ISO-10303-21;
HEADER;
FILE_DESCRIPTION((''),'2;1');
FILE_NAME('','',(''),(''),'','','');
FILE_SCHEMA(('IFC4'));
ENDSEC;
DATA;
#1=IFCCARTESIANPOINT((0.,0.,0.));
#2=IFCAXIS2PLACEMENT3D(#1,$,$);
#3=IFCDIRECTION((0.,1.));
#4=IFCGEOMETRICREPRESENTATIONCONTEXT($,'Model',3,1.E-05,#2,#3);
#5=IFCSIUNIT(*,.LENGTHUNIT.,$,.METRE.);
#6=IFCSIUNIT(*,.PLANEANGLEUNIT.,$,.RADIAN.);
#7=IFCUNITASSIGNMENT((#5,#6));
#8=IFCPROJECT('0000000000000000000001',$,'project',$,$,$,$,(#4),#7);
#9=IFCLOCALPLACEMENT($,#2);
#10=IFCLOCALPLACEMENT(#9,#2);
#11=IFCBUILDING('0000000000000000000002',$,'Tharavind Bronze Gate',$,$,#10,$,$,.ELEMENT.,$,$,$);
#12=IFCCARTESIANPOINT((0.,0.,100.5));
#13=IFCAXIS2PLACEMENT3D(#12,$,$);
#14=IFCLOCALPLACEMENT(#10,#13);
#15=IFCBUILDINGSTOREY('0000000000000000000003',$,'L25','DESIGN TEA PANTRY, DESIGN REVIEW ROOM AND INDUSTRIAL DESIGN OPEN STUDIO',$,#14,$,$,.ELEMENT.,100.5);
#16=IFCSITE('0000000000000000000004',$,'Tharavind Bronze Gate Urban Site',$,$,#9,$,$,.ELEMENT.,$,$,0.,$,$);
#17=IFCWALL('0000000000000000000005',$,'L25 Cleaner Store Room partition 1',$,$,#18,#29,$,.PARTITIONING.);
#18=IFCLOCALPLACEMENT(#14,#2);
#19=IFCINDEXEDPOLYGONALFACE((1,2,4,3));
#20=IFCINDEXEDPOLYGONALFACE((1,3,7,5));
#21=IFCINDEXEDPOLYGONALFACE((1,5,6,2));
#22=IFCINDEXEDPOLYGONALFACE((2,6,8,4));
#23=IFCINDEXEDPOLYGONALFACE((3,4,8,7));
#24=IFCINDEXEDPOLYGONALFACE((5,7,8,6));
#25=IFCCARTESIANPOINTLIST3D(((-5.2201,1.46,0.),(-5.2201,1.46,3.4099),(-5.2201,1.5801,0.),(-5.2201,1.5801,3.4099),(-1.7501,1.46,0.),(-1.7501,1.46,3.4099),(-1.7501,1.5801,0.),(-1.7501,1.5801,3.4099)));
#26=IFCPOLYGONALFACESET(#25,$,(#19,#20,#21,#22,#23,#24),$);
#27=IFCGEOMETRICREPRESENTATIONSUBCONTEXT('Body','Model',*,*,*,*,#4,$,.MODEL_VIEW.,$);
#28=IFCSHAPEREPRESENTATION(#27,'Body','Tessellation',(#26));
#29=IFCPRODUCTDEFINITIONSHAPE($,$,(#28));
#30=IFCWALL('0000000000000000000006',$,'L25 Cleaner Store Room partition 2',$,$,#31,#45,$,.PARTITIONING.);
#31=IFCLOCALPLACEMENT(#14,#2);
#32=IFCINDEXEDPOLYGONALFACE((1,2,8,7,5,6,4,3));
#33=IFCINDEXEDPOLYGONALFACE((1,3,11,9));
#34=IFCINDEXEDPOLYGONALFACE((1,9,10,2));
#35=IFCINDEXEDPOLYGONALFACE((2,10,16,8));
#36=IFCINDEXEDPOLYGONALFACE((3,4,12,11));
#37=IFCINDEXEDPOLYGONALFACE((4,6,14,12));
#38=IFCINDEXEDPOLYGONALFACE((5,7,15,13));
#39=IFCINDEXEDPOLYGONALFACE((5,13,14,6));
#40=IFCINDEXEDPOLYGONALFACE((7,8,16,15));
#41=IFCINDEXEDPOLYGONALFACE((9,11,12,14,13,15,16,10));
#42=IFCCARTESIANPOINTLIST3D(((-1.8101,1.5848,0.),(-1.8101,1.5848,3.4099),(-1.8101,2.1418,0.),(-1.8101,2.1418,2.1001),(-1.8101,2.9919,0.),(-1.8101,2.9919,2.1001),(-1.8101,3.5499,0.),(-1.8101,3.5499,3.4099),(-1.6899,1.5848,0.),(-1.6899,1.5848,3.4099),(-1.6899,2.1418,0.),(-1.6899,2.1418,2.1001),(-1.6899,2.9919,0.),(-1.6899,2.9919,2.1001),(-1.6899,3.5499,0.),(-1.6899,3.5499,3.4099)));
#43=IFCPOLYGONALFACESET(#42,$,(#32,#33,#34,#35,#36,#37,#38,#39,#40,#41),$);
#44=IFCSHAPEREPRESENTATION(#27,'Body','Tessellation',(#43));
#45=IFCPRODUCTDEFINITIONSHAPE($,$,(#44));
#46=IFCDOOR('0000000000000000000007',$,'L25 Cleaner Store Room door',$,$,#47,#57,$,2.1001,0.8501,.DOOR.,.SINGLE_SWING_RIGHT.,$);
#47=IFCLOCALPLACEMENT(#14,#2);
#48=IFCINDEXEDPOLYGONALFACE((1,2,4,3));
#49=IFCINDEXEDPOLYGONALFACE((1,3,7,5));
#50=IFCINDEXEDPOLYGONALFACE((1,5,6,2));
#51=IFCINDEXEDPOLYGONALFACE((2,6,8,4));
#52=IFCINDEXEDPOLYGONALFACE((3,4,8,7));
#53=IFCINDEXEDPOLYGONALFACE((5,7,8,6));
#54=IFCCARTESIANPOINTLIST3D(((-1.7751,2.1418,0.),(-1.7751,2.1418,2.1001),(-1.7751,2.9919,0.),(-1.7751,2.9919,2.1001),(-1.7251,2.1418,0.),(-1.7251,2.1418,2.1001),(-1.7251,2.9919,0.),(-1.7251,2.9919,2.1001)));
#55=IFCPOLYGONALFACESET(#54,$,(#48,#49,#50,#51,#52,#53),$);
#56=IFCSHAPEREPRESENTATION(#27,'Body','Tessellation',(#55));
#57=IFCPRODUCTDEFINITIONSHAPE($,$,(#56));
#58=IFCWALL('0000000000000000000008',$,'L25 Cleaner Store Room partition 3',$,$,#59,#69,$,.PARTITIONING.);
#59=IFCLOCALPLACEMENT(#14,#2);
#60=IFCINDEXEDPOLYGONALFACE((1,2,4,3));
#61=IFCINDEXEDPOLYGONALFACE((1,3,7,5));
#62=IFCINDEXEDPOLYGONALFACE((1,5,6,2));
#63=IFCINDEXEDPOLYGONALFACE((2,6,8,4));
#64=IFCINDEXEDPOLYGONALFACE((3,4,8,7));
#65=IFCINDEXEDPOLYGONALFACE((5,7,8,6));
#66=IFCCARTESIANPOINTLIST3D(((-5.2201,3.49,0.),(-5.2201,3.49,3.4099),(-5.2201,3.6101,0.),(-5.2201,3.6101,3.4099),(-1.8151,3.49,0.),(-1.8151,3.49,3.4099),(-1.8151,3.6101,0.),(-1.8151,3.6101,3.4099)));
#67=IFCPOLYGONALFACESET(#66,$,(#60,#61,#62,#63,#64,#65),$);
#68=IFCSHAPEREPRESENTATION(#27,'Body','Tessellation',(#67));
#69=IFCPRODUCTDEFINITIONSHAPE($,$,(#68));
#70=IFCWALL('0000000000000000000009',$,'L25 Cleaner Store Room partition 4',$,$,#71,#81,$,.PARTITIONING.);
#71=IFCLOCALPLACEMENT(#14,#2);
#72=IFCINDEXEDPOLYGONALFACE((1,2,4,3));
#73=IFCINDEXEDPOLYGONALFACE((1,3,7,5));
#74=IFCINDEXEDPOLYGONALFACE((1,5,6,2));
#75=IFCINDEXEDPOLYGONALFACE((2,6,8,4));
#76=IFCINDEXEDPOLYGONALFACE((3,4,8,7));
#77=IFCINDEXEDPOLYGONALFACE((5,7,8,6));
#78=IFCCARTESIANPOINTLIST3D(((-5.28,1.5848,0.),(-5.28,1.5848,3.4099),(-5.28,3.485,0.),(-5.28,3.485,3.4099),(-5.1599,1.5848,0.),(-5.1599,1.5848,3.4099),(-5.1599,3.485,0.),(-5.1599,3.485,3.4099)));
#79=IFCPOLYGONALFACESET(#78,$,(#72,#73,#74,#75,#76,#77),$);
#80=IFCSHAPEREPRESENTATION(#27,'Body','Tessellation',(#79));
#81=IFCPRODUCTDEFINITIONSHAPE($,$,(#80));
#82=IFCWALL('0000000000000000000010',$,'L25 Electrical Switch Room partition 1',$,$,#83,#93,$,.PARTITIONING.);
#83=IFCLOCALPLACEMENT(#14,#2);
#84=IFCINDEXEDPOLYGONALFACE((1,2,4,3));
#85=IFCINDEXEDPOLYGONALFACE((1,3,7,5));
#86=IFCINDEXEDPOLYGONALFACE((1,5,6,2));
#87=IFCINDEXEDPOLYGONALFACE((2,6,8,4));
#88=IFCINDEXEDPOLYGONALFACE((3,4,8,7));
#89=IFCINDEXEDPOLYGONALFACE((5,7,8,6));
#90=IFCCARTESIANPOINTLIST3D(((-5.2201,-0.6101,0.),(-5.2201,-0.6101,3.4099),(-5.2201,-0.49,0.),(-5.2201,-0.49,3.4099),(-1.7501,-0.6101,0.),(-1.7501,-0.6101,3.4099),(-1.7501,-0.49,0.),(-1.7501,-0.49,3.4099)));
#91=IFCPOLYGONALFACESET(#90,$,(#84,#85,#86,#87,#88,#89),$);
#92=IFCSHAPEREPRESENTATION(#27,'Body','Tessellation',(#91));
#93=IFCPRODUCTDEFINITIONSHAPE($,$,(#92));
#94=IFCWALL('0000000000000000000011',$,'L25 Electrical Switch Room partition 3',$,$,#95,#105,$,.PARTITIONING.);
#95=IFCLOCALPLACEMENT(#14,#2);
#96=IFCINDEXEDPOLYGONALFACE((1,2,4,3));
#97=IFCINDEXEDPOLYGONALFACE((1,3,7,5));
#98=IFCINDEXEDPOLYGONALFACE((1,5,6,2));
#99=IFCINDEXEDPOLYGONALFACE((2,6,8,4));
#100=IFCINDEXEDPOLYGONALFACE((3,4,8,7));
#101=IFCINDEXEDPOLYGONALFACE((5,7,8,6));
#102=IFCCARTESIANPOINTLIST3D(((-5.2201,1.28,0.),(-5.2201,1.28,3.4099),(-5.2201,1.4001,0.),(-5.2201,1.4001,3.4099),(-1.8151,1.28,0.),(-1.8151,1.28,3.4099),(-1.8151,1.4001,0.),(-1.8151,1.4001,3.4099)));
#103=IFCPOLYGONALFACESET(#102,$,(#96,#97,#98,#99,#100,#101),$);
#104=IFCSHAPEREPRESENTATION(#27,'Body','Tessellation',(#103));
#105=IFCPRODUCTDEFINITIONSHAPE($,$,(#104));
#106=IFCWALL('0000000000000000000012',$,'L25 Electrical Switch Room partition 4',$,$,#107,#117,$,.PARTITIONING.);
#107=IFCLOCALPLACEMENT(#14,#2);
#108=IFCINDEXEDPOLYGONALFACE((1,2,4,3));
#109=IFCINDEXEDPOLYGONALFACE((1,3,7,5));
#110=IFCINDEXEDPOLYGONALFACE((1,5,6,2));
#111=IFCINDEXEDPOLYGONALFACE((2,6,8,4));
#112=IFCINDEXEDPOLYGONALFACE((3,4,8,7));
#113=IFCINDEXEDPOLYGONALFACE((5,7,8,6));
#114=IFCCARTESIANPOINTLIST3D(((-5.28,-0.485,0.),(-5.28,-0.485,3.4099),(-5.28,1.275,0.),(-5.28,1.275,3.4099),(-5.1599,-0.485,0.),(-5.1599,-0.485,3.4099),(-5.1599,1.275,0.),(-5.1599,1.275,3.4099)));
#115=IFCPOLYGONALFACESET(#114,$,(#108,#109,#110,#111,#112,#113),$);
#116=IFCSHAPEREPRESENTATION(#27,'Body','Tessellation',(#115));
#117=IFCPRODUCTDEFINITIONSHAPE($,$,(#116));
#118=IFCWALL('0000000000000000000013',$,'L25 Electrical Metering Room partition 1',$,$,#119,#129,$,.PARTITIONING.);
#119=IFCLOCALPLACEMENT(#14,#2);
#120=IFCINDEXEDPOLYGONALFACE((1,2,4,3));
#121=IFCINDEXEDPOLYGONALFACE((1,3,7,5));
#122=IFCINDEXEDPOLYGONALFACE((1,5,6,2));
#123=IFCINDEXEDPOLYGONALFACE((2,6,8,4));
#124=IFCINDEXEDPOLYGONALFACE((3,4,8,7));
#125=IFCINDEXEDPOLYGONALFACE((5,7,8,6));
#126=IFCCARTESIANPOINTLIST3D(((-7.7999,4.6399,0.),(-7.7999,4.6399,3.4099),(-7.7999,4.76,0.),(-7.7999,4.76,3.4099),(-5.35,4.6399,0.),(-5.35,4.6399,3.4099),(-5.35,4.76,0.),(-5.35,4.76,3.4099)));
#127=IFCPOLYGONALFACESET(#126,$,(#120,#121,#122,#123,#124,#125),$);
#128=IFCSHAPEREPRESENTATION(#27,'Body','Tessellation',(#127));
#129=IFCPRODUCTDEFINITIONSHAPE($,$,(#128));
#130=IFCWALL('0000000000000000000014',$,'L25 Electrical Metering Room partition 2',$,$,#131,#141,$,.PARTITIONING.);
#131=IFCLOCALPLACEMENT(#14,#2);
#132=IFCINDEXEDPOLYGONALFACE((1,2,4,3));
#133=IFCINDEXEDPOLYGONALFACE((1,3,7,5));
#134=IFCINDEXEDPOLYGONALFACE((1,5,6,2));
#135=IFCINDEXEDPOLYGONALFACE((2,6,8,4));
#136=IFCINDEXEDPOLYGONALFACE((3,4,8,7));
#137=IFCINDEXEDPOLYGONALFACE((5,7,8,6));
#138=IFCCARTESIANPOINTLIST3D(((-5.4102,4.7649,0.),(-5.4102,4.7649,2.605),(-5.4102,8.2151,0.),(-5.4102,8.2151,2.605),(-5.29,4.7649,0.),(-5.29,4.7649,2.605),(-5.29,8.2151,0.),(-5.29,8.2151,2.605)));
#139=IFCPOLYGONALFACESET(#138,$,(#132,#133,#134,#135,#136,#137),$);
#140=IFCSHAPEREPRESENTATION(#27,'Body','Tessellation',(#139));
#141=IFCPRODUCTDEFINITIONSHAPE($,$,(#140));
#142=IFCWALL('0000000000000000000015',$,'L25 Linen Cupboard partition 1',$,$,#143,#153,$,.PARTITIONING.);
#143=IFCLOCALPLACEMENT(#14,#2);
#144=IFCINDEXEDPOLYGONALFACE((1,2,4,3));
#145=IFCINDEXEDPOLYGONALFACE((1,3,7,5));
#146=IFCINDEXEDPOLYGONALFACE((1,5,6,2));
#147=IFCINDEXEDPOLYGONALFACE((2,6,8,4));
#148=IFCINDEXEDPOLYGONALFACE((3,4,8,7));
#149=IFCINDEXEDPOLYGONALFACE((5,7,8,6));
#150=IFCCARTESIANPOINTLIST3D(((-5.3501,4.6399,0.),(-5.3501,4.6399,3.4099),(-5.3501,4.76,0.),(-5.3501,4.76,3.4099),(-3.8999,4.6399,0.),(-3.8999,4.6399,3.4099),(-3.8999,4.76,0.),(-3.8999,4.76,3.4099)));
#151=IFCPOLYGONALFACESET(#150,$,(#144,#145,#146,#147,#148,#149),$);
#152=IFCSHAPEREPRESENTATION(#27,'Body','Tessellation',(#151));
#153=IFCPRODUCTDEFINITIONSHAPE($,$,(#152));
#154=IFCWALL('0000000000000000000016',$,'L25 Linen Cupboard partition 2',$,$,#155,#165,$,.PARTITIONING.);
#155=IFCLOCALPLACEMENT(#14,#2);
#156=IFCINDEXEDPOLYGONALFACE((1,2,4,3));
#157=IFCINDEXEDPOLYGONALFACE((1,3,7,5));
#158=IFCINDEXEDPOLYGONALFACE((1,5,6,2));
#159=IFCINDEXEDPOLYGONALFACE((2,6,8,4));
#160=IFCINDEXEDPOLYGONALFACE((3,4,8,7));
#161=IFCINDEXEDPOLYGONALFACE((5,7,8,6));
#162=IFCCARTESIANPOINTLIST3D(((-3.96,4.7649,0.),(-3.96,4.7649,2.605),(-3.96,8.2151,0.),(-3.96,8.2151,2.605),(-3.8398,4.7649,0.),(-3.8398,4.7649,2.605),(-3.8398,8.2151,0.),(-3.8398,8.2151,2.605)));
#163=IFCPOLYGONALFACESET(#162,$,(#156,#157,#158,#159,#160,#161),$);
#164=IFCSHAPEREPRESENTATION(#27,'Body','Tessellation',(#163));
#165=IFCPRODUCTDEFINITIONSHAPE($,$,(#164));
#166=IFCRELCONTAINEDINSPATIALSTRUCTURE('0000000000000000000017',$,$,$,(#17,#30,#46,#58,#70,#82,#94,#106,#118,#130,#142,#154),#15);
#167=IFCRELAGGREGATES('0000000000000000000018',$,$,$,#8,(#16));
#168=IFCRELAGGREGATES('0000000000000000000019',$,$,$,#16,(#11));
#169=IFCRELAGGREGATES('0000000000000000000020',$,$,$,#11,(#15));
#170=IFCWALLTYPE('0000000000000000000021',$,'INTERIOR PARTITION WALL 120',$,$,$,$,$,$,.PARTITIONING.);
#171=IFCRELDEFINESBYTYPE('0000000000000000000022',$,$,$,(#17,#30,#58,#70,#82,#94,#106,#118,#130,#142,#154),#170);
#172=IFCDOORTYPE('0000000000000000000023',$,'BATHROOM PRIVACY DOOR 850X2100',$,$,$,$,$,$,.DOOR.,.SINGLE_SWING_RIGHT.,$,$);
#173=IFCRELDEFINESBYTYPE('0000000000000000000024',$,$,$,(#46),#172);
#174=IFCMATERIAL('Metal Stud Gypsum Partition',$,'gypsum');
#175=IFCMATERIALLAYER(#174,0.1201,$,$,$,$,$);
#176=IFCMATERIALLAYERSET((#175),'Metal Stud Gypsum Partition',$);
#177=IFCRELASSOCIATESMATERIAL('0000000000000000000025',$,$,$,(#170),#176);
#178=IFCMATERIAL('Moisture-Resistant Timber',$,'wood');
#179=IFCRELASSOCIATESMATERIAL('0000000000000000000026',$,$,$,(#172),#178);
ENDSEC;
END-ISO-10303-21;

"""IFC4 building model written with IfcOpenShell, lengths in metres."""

from ifc_helpers import new_model, si_unit, direction, frame, frame_2d, origin, place, context, subcontext, project, spatial, rectangle, extrude, material, layer, layer_set, type_object, element, fill, save


model = new_model("IFC4")

# Units and contexts
model_context = context("Model", 3, precision=1e-05, world=origin(), true_north=direction((0.0, 1.0)))
body_context = subcontext(model_context, "Body", "Model", "MODEL_VIEW")
ifc_project = project(units=[si_unit("LENGTHUNIT", "METRE"), si_unit("PLANEANGLEUNIT", "RADIAN")], contexts=[model_context])

# Site, building, storey
site_placement = place(None, origin())
site = spatial("IfcSite", under=ifc_project, at=site_placement, Name="Tharavind Bronze Gate Urban Site", CompositionType="ELEMENT", RefElevation=0.0)
building_placement = place(site_placement, origin())
building = spatial("IfcBuilding", under=site, at=building_placement, Name="Tharavind Bronze Gate", CompositionType="ELEMENT")
storey_placement = place(building_placement, frame((0.0, 0.0, 100.5)))
storey = spatial("IfcBuildingStorey", under=building, at=storey_placement, Name="L25", Description="DESIGN TEA PANTRY, DESIGN REVIEW ROOM AND INDUSTRIAL DESIGN OPEN STUDIO", CompositionType="ELEMENT", Elevation=100.5)

# Wall
ifc_material_1 = material(Name="Metal Stud Gypsum Partition", Category="gypsum")
ifc_layer_1 = layer(ifc_material_1, 0.1201)
ifc_layer_set_1 = layer_set([ifc_layer_1], Name="Metal Stud Gypsum Partition")
wall_type_1 = type_object("IfcWallType", Name="INTERIOR PARTITION WALL 120", PredefinedType="PARTITIONING", material=ifc_layer_set_1)
wall_1_placement = place(storey_placement, frame((-5.22, 1.52, 0.0), z_axis=(0.0, 0.0, 1.0), x_axis=(1.0, 0.0, 0.0)))
element("IfcWall", 1, at=wall_1_placement, inside=storey, type_object=wall_type_1, Name="L25 Cleaner Store Room partition 1", PredefinedType="PARTITIONING", context=body_context, shape_type="SweptSolid", body=[
    extrude(rectangle(XDim=3.47, YDim=0.1201, at=frame_2d((1.7349, 0.0))), origin(), (0.0, 0.0, 1.0), 3.4099),
])

# Wall, opening, door
wall_2_placement = place(storey_placement, frame((-1.75, 1.585, 0.0), z_axis=(0.0, 0.0, 1.0), x_axis=(0.0, 1.0, 0.0)))
wall_2 = element("IfcWall", 2, at=wall_2_placement, inside=storey, type_object=wall_type_1, Name="L25 Cleaner Store Room partition 2", PredefinedType="PARTITIONING", context=body_context, shape_type="SweptSolid", body=[
    extrude(rectangle(XDim=1.9651, YDim=0.1201, at=frame_2d((0.9824, 0.0))), origin(), (0.0, 0.0, 1.0), 3.4099),
])
opening_1_placement = place(wall_2_placement, frame((0.5569, 0.0, 0.0)))
opening_1 = element("IfcOpeningElement", 3, at=opening_1_placement, cuts=wall_2, PredefinedType="OPENING", context=body_context, shape_type="SweptSolid", body=[
    extrude(rectangle(XDim=0.8501, YDim=2.1001, at=frame_2d((0.425, 1.05))), frame((0.0, 0.0701, 0.0), z_axis=(0.0, -1.0, 0.0), x_axis=(1.0, 0.0, 0.0)), (0.0, 0.0, 1.0), 0.1401),
])
ifc_material_2 = material(Name="Moisture-Resistant Timber", Category="wood")
door_type_1 = type_object("IfcDoorType", Name="BATHROOM PRIVACY DOOR 850X2100", OperationType="SINGLE_SWING_RIGHT", PredefinedType="DOOR", material=ifc_material_2)
door_1_placement = place(opening_1_placement, frame((0.8501, 0.0, 0.0), z_axis=(0.0, 0.0, 1.0), x_axis=(-1.0, 0.0, 0.0)))
door_1 = element("IfcDoor", 4, at=door_1_placement, inside=storey, type_object=door_type_1, Name="L25 Cleaner Store Room door", OperationType="SINGLE_SWING_RIGHT", OverallHeight=2.1001, OverallWidth=0.8501, PredefinedType="DOOR", context=body_context, shape_type="SweptSolid", body=[
    extrude(rectangle(XDim=0.8501, YDim=2.1001, at=frame_2d((0.425, 1.05))), frame((0.0, 0.0249, 0.0), z_axis=(0.0, -1.0, 0.0), x_axis=(1.0, 0.0, 0.0)), (0.0, 0.0, 1.0), 0.05),
])
fill(opening_1, door_1)

# Walls
wall_3_placement = place(storey_placement, frame((-1.8149, 3.55, 0.0), z_axis=(0.0, 0.0, 1.0), x_axis=(-1.0, 0.0, 0.0)))
element("IfcWall", 5, at=wall_3_placement, inside=storey, type_object=wall_type_1, Name="L25 Cleaner Store Room partition 3", PredefinedType="PARTITIONING", context=body_context, shape_type="SweptSolid", body=[
    extrude(rectangle(XDim=3.405, YDim=0.1201, at=frame_2d((1.7026, 0.0))), origin(), (0.0, 0.0, 1.0), 3.4099),
])
wall_4_placement = place(storey_placement, frame((-5.22, 3.4851, 0.0), z_axis=(0.0, 0.0, 1.0), x_axis=(0.0, -1.0, 0.0)))
element("IfcWall", 6, at=wall_4_placement, inside=storey, type_object=wall_type_1, Name="L25 Cleaner Store Room partition 4", PredefinedType="PARTITIONING", context=body_context, shape_type="SweptSolid", body=[
    extrude(rectangle(XDim=1.9001, YDim=0.1201, at=frame_2d((0.9502, 0.0))), origin(), (0.0, 0.0, 1.0), 3.4099),
])
wall_5_placement = place(storey_placement, frame((-5.22, -0.55, 0.0), z_axis=(0.0, 0.0, 1.0), x_axis=(1.0, 0.0, 0.0)))
element("IfcWall", 7, at=wall_5_placement, inside=storey, type_object=wall_type_1, Name="L25 Electrical Switch Room partition 1", PredefinedType="PARTITIONING", context=body_context, shape_type="SweptSolid", body=[
    extrude(rectangle(XDim=3.47, YDim=0.1201, at=frame_2d((1.7349, 0.0))), origin(), (0.0, 0.0, 1.0), 3.4099),
])
wall_6_placement = place(storey_placement, frame((-1.8149, 1.3401, 0.0), z_axis=(0.0, 0.0, 1.0), x_axis=(-1.0, 0.0, 0.0)))
element("IfcWall", 8, at=wall_6_placement, inside=storey, type_object=wall_type_1, Name="L25 Electrical Switch Room partition 3", PredefinedType="PARTITIONING", context=body_context, shape_type="SweptSolid", body=[
    extrude(rectangle(XDim=3.405, YDim=0.1201, at=frame_2d((1.7026, 0.0))), origin(), (0.0, 0.0, 1.0), 3.4099),
])
wall_7_placement = place(storey_placement, frame((-5.22, 1.2749, 0.0), z_axis=(0.0, 0.0, 1.0), x_axis=(0.0, -1.0, 0.0)))
element("IfcWall", 9, at=wall_7_placement, inside=storey, type_object=wall_type_1, Name="L25 Electrical Switch Room partition 4", PredefinedType="PARTITIONING", context=body_context, shape_type="SweptSolid", body=[
    extrude(rectangle(XDim=1.76, YDim=0.1201, at=frame_2d((0.8799, 0.0))), origin(), (0.0, 0.0, 1.0), 3.4099),
])
wall_8_placement = place(storey_placement, frame((-7.8, 4.7, 0.0), z_axis=(0.0, 0.0, 1.0), x_axis=(1.0, 0.0, 0.0)))
element("IfcWall", 10, at=wall_8_placement, inside=storey, type_object=wall_type_1, Name="L25 Electrical Metering Room partition 1", PredefinedType="PARTITIONING", context=body_context, shape_type="SweptSolid", body=[
    extrude(rectangle(XDim=2.45, YDim=0.1201, at=frame_2d((1.2251, 0.0))), origin(), (0.0, 0.0, 1.0), 3.4099),
])
wall_9_placement = place(storey_placement, frame((-5.3501, 4.7649, 0.0), z_axis=(0.0, 0.0, 1.0), x_axis=(0.0, 1.0, 0.0)))
element("IfcWall", 11, at=wall_9_placement, inside=storey, type_object=wall_type_1, Name="L25 Electrical Metering Room partition 2", PredefinedType="PARTITIONING", context=body_context, shape_type="SweptSolid", body=[
    extrude(rectangle(XDim=3.4502, YDim=0.1201, at=frame_2d((1.7251, 0.0))), origin(), (0.0, 0.0, 1.0), 2.605),
])
wall_10_placement = place(storey_placement, frame((-5.3501, 4.7, 0.0), z_axis=(0.0, 0.0, 1.0), x_axis=(1.0, 0.0, 0.0)))
element("IfcWall", 12, at=wall_10_placement, inside=storey, type_object=wall_type_1, Name="L25 Linen Cupboard partition 1", PredefinedType="PARTITIONING", context=body_context, shape_type="SweptSolid", body=[
    extrude(rectangle(XDim=1.4502, YDim=0.1201, at=frame_2d((0.7251, 0.0))), origin(), (0.0, 0.0, 1.0), 3.4099),
])
wall_11_placement = place(storey_placement, frame((-3.8999, 4.7649, 0.0), z_axis=(0.0, 0.0, 1.0), x_axis=(0.0, 1.0, 0.0)))
element("IfcWall", 13, at=wall_11_placement, inside=storey, type_object=wall_type_1, Name="L25 Linen Cupboard partition 2", PredefinedType="PARTITIONING", context=body_context, shape_type="SweptSolid", body=[
    extrude(rectangle(XDim=3.4502, YDim=0.1201, at=frame_2d((1.7251, 0.0))), origin(), (0.0, 0.0, 1.0), 2.605),
])

save(model, "model.ifc")
